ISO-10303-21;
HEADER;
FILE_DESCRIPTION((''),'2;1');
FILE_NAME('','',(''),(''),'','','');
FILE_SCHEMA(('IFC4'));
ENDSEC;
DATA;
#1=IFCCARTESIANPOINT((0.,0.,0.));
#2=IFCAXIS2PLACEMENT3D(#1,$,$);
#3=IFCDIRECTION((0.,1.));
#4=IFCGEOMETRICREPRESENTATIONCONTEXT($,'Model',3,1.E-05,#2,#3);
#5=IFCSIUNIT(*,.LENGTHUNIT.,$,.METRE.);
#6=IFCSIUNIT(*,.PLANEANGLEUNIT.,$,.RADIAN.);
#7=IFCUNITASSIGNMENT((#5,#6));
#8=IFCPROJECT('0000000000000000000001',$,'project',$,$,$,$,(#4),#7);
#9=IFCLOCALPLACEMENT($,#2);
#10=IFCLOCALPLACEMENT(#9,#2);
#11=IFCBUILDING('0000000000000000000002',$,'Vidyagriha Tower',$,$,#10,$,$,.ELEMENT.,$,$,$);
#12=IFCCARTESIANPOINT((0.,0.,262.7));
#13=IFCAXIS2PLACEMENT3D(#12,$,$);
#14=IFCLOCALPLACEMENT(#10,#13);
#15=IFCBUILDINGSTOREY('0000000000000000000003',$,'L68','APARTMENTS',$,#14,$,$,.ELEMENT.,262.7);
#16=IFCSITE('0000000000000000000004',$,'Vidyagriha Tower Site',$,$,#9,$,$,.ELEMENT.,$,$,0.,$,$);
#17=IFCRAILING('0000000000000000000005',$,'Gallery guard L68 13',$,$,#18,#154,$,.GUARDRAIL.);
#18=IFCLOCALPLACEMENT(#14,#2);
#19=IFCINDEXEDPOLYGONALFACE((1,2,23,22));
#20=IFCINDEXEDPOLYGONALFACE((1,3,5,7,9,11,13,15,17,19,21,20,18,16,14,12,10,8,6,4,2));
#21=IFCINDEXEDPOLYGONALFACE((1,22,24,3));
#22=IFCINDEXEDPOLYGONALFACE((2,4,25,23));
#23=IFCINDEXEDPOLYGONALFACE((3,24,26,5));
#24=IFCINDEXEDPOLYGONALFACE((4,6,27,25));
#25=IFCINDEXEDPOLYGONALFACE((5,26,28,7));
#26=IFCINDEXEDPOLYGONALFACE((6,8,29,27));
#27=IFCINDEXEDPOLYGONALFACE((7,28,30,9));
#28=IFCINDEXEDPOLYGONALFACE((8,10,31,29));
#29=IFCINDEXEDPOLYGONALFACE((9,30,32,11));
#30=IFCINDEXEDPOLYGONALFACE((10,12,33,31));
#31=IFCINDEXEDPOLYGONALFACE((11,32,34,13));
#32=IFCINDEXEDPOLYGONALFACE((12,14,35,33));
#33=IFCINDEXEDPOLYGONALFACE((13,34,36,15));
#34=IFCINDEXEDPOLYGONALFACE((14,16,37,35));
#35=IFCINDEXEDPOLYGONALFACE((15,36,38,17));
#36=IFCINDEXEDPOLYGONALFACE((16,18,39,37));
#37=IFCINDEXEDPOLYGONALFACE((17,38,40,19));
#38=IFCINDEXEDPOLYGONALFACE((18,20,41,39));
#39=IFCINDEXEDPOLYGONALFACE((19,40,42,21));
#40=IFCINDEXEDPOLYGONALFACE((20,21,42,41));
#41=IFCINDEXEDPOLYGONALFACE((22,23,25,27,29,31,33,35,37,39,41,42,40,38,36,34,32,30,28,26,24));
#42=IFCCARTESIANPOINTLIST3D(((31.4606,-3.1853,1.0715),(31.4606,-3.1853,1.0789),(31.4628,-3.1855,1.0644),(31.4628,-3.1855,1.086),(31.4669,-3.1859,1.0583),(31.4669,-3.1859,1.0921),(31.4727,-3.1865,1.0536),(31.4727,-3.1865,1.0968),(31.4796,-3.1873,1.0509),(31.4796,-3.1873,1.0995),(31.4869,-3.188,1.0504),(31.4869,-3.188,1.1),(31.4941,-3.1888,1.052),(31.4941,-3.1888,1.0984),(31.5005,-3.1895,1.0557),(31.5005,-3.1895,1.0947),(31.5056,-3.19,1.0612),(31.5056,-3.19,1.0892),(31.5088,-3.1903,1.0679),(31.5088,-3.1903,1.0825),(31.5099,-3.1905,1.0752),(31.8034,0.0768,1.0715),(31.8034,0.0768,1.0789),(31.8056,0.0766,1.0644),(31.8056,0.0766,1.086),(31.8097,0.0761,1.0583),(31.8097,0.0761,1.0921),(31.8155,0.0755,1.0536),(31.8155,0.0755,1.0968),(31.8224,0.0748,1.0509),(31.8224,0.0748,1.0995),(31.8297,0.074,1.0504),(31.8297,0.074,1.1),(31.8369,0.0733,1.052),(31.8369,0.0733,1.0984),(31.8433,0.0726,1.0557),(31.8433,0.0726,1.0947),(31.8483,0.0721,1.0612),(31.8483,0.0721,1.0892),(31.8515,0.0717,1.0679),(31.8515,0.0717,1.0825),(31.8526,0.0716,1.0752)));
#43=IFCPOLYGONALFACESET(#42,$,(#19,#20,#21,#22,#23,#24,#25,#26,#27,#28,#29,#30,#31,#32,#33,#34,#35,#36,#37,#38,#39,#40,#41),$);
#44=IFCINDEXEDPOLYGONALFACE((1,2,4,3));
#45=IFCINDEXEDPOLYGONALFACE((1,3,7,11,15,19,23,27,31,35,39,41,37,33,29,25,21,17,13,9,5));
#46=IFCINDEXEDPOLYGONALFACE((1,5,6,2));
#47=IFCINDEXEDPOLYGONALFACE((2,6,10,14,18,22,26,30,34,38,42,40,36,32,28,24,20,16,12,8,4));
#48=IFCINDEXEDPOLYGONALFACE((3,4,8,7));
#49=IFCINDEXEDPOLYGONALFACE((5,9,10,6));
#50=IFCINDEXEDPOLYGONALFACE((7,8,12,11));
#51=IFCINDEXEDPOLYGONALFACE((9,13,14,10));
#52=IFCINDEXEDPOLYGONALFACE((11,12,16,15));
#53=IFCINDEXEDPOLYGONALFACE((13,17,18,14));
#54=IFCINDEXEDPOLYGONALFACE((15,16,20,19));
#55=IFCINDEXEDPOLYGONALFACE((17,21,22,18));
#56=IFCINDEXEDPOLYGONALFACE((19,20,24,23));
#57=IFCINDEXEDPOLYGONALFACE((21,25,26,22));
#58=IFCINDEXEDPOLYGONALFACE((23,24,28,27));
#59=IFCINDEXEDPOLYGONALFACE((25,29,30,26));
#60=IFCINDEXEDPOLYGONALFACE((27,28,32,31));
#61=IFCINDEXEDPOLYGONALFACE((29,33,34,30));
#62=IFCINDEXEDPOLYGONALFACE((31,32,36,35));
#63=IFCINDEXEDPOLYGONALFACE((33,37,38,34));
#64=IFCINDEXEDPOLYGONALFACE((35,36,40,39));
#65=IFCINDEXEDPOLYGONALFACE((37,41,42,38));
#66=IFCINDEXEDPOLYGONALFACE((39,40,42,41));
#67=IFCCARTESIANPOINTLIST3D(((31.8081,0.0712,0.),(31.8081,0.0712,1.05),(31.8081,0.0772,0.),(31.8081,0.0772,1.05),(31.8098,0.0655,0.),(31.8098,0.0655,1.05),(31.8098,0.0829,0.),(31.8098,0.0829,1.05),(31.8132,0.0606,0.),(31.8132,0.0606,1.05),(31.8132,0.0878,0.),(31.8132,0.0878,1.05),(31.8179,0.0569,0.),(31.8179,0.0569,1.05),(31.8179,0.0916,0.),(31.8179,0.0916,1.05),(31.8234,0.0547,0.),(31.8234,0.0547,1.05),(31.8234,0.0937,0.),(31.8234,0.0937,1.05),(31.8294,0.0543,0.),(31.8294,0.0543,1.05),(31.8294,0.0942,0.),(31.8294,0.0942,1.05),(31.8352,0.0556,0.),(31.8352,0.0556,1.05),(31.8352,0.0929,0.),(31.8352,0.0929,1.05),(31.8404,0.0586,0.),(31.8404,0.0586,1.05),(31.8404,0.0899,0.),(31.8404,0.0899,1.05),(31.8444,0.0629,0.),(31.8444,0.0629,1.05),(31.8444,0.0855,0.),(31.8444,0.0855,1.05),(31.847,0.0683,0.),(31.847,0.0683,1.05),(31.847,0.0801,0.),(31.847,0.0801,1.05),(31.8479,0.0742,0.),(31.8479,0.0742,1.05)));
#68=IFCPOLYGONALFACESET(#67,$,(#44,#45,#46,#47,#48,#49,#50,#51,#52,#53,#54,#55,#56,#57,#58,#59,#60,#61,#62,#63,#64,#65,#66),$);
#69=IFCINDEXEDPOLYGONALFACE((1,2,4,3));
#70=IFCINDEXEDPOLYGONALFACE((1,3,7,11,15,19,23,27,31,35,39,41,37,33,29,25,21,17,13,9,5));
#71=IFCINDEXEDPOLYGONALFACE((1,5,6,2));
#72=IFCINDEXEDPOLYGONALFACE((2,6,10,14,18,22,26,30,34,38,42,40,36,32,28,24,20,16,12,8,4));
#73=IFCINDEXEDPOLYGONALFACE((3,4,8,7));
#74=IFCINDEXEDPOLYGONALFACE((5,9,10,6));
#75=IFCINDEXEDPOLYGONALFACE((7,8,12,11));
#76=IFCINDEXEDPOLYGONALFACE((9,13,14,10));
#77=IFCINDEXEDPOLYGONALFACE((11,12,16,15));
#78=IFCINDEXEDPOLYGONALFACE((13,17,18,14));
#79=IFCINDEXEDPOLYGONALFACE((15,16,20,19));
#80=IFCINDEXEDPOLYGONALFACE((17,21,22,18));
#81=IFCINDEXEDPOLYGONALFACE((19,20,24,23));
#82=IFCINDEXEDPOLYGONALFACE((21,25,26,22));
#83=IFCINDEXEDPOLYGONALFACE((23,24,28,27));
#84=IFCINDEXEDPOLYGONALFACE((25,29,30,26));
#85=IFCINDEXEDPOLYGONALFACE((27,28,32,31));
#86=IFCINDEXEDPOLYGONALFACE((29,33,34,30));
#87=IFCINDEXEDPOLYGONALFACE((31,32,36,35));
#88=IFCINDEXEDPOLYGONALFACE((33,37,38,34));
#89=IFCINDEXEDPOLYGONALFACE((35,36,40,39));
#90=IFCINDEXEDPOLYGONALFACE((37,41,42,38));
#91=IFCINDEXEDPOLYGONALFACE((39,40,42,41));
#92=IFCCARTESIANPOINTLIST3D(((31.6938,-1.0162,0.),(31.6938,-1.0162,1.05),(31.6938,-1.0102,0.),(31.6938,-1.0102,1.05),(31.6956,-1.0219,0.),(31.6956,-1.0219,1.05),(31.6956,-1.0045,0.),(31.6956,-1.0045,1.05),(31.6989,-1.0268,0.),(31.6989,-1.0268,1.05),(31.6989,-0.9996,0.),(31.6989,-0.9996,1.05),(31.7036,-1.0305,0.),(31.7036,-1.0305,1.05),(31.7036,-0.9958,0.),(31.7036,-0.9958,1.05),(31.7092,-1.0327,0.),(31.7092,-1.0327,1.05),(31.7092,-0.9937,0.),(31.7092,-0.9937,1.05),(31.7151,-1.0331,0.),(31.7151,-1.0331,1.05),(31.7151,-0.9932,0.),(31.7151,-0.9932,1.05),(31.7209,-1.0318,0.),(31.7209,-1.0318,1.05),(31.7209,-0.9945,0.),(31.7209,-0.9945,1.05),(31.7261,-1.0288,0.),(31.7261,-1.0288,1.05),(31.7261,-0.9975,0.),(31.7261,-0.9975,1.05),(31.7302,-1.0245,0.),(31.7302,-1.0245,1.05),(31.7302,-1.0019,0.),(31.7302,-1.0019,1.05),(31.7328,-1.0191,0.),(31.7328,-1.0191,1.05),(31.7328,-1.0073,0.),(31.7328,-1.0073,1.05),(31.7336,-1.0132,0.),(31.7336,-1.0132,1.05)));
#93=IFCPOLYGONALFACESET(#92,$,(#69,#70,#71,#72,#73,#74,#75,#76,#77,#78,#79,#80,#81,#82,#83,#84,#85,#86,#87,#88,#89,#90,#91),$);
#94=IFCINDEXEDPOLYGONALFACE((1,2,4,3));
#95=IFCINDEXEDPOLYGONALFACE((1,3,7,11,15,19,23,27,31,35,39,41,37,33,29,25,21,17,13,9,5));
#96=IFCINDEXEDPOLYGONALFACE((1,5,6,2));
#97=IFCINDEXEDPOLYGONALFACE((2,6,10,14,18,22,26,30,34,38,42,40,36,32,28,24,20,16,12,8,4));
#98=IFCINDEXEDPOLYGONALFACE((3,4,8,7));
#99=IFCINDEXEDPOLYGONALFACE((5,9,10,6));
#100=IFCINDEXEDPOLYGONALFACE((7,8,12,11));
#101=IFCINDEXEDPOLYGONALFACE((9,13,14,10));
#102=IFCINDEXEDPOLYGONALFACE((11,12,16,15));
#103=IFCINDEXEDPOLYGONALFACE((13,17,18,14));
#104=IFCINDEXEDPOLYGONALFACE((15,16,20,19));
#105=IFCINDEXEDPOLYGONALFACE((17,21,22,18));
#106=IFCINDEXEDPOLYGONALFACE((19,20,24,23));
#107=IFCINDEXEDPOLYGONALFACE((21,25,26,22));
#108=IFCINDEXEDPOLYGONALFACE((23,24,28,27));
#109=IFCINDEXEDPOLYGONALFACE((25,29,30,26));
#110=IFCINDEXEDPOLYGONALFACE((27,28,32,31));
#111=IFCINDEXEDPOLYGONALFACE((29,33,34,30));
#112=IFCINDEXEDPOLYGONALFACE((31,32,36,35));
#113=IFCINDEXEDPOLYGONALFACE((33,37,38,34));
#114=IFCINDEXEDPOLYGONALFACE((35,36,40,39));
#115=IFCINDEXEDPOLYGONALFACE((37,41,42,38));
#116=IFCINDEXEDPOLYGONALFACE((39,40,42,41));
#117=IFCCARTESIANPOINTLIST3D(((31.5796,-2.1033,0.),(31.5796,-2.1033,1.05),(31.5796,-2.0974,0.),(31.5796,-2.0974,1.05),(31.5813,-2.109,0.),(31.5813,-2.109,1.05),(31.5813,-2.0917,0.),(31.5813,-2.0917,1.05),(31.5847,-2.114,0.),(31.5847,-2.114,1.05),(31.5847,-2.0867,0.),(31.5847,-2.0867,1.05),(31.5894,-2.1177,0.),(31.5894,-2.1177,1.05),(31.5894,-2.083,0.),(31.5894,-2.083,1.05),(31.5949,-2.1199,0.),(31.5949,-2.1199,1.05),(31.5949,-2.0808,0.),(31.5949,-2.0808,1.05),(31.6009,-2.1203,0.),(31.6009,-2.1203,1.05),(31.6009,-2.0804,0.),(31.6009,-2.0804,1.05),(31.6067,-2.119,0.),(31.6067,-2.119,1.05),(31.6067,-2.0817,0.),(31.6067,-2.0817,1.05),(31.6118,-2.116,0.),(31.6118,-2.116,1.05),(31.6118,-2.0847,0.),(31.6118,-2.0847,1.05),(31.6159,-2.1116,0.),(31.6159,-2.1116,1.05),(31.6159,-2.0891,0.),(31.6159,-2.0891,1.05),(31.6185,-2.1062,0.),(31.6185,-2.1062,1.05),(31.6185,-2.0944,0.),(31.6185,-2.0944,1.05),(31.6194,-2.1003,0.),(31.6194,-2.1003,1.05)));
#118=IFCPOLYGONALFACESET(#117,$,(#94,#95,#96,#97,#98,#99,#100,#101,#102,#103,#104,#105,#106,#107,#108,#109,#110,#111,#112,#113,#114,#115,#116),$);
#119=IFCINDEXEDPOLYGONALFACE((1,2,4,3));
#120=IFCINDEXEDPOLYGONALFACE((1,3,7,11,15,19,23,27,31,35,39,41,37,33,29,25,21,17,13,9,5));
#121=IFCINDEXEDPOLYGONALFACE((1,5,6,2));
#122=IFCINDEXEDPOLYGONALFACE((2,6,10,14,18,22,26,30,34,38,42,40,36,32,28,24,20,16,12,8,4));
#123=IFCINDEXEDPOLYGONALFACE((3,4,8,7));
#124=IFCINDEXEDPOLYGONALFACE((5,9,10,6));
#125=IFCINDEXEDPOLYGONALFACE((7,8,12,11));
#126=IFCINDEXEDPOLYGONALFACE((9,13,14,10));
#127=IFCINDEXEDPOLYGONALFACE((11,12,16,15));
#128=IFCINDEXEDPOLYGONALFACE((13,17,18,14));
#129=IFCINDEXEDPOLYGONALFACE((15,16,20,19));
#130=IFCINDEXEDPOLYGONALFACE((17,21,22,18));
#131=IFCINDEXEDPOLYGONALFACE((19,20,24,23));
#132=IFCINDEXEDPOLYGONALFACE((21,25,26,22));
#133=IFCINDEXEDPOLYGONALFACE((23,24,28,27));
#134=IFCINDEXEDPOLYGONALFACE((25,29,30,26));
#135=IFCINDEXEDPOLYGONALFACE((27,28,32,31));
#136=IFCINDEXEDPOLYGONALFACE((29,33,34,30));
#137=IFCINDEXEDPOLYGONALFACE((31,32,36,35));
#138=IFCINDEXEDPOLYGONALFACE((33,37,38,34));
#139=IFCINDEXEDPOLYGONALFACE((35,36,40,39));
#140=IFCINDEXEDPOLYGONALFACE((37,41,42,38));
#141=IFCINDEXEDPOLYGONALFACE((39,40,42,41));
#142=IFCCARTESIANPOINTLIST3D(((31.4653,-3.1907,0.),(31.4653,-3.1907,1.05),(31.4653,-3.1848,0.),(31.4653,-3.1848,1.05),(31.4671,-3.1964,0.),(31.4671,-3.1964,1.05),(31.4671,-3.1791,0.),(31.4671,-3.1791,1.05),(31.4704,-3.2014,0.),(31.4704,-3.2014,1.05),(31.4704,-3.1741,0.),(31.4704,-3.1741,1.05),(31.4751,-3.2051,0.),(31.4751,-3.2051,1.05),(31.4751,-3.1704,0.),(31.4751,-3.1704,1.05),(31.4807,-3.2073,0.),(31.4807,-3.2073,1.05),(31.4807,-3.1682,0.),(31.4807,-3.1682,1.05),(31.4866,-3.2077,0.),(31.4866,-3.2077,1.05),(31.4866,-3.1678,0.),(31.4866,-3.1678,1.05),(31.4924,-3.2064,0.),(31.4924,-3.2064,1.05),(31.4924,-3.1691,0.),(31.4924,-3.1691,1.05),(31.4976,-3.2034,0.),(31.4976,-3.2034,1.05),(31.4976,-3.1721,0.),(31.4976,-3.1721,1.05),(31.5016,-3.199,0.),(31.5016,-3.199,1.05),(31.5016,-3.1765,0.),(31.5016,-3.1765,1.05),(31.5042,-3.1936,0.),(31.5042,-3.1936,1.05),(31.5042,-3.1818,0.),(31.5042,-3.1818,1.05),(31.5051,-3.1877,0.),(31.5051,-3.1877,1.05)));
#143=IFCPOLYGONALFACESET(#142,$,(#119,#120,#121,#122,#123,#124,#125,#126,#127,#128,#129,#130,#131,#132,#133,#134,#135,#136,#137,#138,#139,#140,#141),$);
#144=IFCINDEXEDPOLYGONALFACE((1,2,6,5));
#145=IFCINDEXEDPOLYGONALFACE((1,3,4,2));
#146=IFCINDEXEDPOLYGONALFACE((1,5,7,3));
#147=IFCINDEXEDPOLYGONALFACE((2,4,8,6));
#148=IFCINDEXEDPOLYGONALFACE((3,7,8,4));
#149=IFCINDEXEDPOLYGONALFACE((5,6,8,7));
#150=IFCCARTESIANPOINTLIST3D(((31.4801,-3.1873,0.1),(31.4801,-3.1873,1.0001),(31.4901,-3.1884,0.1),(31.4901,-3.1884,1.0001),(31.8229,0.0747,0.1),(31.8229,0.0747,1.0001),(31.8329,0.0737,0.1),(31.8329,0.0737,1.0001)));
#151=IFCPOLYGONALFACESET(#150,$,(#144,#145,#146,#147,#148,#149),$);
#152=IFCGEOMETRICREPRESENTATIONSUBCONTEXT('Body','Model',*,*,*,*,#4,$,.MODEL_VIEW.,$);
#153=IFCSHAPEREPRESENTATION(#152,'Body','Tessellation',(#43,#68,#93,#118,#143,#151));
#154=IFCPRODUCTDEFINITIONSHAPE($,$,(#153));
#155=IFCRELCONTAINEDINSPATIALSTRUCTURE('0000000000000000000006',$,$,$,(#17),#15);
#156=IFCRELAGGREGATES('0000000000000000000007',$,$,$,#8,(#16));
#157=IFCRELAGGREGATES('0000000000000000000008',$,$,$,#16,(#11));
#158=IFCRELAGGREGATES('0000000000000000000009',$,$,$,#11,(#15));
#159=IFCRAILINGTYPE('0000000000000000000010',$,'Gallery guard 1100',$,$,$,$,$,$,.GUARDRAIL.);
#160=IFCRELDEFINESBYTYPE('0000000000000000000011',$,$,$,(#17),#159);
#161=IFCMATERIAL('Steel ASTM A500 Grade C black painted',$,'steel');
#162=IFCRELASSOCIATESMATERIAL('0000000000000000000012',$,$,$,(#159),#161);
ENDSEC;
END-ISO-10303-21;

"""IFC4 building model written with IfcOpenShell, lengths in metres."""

from ifc_helpers import new_model, si_unit, direction, frame, origin, origin_2d, place, context, subcontext, project, spatial, rectangle, circle, extrude, material, type_object, element, save


model = new_model("IFC4")

# Units and contexts
model_context = context("Model", 3, precision=1e-05, world=origin(), true_north=direction((0.0, 1.0)))
body_context = subcontext(model_context, "Body", "Model", "MODEL_VIEW")
ifc_project = project(units=[si_unit("LENGTHUNIT", "METRE"), si_unit("PLANEANGLEUNIT", "RADIAN")], contexts=[model_context])

# Site, building, storey
site_placement = place(None, origin())
site = spatial("IfcSite", under=ifc_project, at=site_placement, Name="Vidyagriha Tower Site", CompositionType="ELEMENT", RefElevation=0.0)
building_placement = place(site_placement, origin())
building = spatial("IfcBuilding", under=site, at=building_placement, Name="Vidyagriha Tower", CompositionType="ELEMENT")
storey_placement = place(building_placement, frame((0.0, 0.0, 262.7)))
storey = spatial("IfcBuildingStorey", under=building, at=storey_placement, Name="L68", Description="APARTMENTS", CompositionType="ELEMENT", Elevation=262.7)

# Railing
ifc_material_1 = material(Name="Steel ASTM A500 Grade C black painted", Category="steel")
railing_type_1 = type_object("IfcRailingType", Name="Gallery guard 1100", PredefinedType="GUARDRAIL", material=ifc_material_1)
railing_1_placement = place(storey_placement, frame((31.8279, 0.0742, 0.0)))
element("IfcRailing", 1, at=railing_1_placement, inside=storey, type_object=railing_type_1, Name="Gallery guard L68 13", PredefinedType="GUARDRAIL", context=body_context, shape_type="SweptSolid", body=[
    extrude(circle(Radius=0.0249, at=origin_2d()), frame((0.0, 0.0, 1.0752), z_axis=(-0.104507, -0.994524, 0.0), x_axis=(0.994524, -0.104507, 0.0)), (0.0, 0.0, 1.0), 3.28),
    extrude(circle(Radius=0.02, at=origin_2d()), origin(), (0.0, 0.0, 1.0), 1.05),
    extrude(circle(Radius=0.02, at=origin_2d()), frame((-0.1143, -1.0874, 0.0)), (0.0, 0.0, 1.0), 1.05),
    extrude(circle(Radius=0.02, at=origin_2d()), frame((-0.2285, -2.1746, 0.0)), (0.0, 0.0, 1.0), 1.05),
    extrude(circle(Radius=0.02, at=origin_2d()), frame((-0.3428, -3.262, 0.0)), (0.0, 0.0, 1.0), 1.05),
    extrude(rectangle(XDim=0.01, YDim=0.9001, at=origin_2d()), frame((0.0, 0.0, 0.55), z_axis=(-0.104507, -0.994524, 0.0), x_axis=(0.994524, -0.104507, 0.0)), (0.0, 0.0, 1.0), 3.28),
])

save(model, "model.ifc")
